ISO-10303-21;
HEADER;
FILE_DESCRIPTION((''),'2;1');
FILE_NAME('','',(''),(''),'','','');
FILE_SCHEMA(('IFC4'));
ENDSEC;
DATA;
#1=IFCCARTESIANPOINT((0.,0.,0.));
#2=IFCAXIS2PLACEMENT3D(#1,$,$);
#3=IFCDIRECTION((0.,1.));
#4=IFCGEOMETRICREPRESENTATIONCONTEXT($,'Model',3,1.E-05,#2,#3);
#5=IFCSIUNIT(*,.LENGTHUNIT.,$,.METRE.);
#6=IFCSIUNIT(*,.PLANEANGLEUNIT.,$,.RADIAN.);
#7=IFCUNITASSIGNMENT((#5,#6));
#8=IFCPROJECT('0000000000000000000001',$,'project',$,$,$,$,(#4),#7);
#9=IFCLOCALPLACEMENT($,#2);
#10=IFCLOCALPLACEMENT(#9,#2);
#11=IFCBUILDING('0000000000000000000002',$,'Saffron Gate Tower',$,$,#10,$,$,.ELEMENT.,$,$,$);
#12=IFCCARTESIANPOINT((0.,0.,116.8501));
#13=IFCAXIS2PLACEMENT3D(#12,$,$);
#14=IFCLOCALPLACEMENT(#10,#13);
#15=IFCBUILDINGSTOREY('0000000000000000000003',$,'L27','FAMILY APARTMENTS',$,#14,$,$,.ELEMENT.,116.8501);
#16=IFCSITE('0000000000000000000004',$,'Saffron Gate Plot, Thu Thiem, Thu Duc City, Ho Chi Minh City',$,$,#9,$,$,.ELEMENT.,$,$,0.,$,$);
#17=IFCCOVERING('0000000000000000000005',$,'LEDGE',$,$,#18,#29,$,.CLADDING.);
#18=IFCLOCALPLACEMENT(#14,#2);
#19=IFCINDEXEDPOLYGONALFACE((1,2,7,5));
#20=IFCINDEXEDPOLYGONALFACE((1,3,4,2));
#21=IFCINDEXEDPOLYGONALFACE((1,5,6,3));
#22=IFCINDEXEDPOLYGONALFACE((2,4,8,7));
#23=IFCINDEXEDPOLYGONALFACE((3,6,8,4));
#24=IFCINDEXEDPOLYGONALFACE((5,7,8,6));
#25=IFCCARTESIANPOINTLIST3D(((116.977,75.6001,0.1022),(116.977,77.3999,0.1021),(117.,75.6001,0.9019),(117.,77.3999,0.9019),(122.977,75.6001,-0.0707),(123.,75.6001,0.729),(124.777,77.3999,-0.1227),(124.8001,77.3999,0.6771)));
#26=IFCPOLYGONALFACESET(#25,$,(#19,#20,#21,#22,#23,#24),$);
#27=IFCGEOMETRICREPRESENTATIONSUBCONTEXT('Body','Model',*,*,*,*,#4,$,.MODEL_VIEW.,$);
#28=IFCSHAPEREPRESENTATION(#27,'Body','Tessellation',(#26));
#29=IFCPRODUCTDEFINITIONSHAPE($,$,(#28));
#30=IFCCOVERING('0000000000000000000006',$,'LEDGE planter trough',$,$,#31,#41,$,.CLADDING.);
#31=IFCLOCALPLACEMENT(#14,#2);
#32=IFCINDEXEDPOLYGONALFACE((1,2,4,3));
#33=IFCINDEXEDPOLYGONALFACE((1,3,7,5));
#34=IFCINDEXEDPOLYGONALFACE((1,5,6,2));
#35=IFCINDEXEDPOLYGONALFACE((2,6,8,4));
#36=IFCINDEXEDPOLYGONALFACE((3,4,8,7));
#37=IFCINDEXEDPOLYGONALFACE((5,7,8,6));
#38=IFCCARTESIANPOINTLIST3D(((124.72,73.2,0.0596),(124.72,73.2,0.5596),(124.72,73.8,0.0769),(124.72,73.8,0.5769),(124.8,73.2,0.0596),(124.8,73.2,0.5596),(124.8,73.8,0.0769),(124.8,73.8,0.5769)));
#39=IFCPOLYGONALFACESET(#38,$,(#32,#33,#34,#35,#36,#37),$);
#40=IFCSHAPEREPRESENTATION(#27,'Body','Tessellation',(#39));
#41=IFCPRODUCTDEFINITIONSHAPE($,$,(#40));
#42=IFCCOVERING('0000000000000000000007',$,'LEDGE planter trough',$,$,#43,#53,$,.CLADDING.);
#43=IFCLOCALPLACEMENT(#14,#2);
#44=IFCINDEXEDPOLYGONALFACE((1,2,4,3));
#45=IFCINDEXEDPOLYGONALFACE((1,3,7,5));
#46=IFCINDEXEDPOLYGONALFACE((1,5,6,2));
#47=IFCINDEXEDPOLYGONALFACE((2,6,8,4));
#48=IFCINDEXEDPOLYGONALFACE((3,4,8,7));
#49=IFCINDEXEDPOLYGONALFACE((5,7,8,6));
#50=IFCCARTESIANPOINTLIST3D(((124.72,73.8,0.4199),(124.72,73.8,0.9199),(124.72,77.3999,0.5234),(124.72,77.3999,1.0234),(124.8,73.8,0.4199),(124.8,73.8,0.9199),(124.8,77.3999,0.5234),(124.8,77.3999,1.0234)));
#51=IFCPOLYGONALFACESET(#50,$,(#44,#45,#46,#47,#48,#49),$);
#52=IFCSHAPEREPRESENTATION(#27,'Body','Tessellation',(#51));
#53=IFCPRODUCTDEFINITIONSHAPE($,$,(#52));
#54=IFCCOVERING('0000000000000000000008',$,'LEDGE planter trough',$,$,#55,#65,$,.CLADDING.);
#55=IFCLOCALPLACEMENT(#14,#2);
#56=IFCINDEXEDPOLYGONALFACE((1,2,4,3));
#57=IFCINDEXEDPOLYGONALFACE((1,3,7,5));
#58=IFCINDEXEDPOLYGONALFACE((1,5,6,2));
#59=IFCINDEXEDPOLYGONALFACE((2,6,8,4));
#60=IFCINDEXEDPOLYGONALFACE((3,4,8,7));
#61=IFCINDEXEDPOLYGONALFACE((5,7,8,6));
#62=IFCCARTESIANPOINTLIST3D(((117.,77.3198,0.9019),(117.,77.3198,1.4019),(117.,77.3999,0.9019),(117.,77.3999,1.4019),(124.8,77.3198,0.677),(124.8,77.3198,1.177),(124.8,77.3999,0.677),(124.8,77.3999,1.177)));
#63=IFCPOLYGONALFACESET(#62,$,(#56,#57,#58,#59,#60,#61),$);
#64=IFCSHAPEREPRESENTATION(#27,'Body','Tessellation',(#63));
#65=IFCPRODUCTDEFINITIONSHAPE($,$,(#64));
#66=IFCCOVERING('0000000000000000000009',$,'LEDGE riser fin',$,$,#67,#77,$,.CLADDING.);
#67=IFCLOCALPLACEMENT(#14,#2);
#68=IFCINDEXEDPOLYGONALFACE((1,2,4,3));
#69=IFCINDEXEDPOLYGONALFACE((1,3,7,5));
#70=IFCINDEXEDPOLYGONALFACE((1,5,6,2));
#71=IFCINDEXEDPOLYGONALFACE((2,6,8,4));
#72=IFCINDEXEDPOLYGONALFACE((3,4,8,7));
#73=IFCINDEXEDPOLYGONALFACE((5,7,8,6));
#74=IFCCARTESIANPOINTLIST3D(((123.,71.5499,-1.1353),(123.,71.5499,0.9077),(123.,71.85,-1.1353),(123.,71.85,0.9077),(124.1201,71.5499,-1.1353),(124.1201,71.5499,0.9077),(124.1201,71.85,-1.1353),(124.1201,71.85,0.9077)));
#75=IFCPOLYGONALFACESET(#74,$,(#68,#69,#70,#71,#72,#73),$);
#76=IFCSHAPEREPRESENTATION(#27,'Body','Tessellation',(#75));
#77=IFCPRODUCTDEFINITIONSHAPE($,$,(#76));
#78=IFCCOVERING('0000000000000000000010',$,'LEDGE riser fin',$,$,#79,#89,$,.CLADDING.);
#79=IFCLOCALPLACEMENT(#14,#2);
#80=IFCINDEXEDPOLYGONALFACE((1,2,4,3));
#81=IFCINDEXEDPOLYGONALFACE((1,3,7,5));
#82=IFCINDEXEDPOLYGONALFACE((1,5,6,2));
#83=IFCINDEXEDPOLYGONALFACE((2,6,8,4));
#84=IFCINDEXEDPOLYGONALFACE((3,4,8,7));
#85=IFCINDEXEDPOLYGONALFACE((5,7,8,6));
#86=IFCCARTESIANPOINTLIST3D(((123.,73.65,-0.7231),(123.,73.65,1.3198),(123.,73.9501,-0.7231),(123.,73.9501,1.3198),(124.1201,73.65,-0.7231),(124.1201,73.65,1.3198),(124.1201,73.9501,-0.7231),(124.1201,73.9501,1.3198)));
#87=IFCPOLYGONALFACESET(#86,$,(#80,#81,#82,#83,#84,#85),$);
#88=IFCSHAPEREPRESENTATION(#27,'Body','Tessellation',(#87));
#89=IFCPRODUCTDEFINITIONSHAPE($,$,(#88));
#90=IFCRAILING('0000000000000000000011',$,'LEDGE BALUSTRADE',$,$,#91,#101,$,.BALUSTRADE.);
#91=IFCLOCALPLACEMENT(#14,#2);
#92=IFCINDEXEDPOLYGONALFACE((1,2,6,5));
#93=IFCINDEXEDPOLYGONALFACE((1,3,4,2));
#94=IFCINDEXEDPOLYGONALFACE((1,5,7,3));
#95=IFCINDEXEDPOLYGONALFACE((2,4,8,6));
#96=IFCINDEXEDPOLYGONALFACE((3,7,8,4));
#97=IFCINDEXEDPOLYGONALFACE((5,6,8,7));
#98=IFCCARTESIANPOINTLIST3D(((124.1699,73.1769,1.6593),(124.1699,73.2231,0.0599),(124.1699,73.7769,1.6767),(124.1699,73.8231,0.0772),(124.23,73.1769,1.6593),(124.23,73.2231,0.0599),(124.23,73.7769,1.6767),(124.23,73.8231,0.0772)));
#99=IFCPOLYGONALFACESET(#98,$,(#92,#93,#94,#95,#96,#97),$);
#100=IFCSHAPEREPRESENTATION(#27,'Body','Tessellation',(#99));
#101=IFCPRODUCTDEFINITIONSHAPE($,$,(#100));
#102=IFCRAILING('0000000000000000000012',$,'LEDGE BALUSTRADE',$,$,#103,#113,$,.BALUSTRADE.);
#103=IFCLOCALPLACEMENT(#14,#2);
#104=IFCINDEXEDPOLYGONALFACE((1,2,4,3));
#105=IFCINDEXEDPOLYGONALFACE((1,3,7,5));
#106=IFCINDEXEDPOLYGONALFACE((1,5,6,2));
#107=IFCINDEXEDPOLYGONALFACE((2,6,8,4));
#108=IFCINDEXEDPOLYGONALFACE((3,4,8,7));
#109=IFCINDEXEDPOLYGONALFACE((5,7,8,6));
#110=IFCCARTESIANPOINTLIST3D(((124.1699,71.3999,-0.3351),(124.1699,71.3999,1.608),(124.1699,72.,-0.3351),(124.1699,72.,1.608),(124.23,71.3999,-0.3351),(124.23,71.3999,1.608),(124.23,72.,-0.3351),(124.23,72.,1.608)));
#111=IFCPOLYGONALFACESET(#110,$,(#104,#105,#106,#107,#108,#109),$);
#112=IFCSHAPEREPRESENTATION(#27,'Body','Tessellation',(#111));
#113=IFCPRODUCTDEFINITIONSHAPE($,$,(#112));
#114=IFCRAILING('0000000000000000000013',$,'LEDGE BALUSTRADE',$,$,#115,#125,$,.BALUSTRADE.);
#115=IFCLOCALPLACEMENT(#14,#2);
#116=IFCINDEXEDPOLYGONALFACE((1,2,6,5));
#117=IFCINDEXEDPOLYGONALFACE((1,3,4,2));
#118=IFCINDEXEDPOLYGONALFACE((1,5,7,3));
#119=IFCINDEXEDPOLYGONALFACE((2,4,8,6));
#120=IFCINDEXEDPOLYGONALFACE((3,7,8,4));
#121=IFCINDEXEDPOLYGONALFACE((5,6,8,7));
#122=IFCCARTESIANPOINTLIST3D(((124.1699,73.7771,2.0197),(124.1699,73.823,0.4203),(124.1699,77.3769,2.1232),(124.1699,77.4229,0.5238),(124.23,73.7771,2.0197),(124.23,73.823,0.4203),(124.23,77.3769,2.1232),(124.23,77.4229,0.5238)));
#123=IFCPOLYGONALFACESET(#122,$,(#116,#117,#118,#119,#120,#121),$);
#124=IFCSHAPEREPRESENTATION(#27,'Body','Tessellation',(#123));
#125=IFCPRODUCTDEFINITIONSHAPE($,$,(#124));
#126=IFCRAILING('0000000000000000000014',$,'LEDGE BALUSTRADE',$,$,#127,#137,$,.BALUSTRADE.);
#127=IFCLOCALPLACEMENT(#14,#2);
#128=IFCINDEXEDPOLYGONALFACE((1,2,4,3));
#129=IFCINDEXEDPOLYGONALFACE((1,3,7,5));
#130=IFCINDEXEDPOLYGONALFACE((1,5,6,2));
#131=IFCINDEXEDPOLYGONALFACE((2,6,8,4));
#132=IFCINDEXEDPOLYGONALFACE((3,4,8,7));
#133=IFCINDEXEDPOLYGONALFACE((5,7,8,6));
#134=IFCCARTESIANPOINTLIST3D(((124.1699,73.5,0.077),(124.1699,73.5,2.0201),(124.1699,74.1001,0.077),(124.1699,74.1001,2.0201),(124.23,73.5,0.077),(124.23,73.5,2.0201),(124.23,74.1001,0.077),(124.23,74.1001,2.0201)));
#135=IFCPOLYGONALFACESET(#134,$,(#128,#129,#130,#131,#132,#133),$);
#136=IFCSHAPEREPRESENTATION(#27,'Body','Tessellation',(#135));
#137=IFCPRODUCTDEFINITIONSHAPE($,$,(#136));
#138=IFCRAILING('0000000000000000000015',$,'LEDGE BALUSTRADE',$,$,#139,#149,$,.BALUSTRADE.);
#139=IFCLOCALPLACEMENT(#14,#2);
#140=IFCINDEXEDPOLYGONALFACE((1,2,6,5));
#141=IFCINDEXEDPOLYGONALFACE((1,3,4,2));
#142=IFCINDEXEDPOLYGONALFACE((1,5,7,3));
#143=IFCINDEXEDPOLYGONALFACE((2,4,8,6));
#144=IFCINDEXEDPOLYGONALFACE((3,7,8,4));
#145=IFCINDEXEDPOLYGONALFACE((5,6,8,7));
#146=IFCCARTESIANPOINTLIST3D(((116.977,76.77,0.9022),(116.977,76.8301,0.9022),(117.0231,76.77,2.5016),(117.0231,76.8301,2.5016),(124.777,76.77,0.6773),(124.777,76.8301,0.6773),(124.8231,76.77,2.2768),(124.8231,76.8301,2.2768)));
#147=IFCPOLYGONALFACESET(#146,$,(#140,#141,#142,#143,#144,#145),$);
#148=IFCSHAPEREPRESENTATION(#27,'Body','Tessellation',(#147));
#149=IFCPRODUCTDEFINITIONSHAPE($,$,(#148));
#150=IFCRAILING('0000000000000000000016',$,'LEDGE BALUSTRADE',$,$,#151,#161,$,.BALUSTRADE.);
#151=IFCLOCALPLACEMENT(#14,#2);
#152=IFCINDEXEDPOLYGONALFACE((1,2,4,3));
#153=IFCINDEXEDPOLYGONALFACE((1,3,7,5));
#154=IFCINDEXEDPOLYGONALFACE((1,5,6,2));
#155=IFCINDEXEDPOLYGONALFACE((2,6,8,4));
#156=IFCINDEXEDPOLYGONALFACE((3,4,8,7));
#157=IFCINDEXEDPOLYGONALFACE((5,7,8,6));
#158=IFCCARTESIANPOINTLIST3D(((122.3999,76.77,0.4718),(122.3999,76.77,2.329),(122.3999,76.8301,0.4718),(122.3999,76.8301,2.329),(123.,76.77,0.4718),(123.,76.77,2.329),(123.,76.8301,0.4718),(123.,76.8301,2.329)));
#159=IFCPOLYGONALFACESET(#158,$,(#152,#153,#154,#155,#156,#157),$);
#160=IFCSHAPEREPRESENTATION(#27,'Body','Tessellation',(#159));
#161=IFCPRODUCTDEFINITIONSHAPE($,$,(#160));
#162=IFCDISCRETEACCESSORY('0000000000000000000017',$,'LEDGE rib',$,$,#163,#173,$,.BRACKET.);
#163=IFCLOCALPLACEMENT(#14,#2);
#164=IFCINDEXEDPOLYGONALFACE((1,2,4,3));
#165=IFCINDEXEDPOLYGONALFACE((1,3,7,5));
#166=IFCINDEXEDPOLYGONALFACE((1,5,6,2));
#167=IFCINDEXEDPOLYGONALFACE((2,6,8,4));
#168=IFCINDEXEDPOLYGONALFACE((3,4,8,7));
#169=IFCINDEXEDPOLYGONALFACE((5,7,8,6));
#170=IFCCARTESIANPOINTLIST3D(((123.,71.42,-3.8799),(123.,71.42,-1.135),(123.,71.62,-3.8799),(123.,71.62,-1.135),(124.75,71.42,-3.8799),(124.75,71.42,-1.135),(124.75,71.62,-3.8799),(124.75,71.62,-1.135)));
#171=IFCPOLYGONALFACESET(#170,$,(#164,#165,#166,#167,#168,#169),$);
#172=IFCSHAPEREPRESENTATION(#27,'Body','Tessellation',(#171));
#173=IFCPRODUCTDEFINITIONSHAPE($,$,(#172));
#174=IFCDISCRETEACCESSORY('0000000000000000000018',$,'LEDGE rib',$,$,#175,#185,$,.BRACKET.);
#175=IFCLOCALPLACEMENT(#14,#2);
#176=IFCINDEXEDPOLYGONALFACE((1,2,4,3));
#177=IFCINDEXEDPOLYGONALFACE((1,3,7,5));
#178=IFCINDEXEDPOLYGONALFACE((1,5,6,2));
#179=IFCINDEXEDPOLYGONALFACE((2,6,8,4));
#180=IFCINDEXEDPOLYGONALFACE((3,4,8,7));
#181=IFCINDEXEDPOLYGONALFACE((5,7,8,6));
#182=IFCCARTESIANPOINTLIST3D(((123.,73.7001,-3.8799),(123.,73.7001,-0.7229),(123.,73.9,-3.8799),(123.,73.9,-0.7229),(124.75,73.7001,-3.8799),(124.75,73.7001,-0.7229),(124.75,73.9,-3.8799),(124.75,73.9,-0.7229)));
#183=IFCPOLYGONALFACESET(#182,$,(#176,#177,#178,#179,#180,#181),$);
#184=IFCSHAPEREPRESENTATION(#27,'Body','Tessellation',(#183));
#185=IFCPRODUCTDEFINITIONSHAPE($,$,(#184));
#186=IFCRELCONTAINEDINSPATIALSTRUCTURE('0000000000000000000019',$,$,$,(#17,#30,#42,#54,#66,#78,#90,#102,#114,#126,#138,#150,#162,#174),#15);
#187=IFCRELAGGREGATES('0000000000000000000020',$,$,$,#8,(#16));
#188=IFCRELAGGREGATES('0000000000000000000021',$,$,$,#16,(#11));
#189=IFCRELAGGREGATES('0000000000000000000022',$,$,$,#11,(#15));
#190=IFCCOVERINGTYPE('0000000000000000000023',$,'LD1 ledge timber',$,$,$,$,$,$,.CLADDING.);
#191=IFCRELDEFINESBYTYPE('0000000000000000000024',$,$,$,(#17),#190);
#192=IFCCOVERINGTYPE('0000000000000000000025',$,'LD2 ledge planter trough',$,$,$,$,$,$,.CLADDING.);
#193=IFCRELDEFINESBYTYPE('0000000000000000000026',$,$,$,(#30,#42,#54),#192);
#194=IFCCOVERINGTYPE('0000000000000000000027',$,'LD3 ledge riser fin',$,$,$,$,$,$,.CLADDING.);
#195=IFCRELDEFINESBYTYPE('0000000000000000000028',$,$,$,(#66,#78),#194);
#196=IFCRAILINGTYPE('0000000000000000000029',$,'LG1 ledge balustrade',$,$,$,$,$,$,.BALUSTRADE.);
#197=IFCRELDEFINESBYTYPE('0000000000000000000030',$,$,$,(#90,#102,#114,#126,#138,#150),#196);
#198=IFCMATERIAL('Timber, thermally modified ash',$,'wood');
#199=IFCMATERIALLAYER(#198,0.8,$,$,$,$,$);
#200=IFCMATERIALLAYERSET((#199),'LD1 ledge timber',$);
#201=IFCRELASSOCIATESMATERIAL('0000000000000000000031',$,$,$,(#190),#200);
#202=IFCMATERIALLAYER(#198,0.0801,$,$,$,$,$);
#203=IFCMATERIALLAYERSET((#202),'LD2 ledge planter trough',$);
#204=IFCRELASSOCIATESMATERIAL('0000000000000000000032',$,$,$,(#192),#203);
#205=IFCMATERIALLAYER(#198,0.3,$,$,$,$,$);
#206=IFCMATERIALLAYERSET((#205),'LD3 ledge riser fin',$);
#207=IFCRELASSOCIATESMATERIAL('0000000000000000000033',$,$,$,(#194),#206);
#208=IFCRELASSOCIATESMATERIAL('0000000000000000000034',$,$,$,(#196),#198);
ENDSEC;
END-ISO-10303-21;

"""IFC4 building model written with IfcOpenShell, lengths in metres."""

from ifc_helpers import new_model, si_unit, direction, frame, origin, origin_2d, place, context, subcontext, project, spatial, polyline, rectangle, outline, extrude, material, layer, layer_set, type_object, element, save


model = new_model("IFC4")

# Units and contexts
model_context = context("Model", 3, precision=1e-05, world=origin(), true_north=direction((0.0, 1.0)))
body_context = subcontext(model_context, "Body", "Model", "MODEL_VIEW")
ifc_project = project(units=[si_unit("LENGTHUNIT", "METRE"), si_unit("PLANEANGLEUNIT", "RADIAN")], contexts=[model_context])

# Site, building, storey
site_placement = place(None, origin())
site = spatial("IfcSite", under=ifc_project, at=site_placement, Name="Saffron Gate Plot, Thu Thiem, Thu Duc City, Ho Chi Minh City", CompositionType="ELEMENT", RefElevation=0.0)
building_placement = place(site_placement, origin())
building = spatial("IfcBuilding", under=site, at=building_placement, Name="Saffron Gate Tower", CompositionType="ELEMENT")
storey_placement = place(building_placement, frame((0.0, 0.0, 116.8501)))
storey = spatial("IfcBuildingStorey", under=building, at=storey_placement, Name="L27", Description="FAMILY APARTMENTS", CompositionType="ELEMENT", Elevation=116.8501)

# Coverings
ifc_material_1 = material(Name="Timber, thermally modified ash", Category="wood")
ifc_layer_1 = layer(ifc_material_1, 0.8)
ifc_layer_set_1 = layer_set([ifc_layer_1], Name="LD1 ledge timber")
covering_type_1 = type_object("IfcCoveringType", Name="LD1 ledge timber", PredefinedType="CLADDING", material=ifc_layer_set_1)
covering_1_placement = place(storey_placement, frame((123.0, 75.6001, 0.729), z_axis=(0.028807, 0.000035, 0.999585), x_axis=(-0.999585, 0.0, 0.028807)))
element("IfcCovering", 1, at=covering_1_placement, inside=storey, type_object=covering_type_1, Name="LEDGE", PredefinedType="CLADDING", context=body_context, shape_type="SweptSolid", body=[
    extrude(outline(polyline([(0.0, 0.0), (6.0025, 0.0), (6.0025, -1.7998), (-1.8008, -1.7998), (0.0, 0.0)])), origin(), (0.0, 0.0, -1.0), 0.8),
])
ifc_layer_2 = layer(ifc_material_1, 0.0801)
ifc_layer_set_2 = layer_set([ifc_layer_2], Name="LD2 ledge planter trough")
covering_type_2 = type_object("IfcCoveringType", Name="LD2 ledge planter trough", PredefinedType="CLADDING", material=ifc_layer_set_2)
covering_2_placement = place(storey_placement, frame((124.8, 73.2, 0.0596), z_axis=(1.0, 0.0, 0.0), x_axis=(0.0, 0.999583, 0.028873)))
element("IfcCovering", 2, at=covering_2_placement, inside=storey, type_object=covering_type_2, Name="LEDGE planter trough", PredefinedType="CLADDING", context=body_context, shape_type="SweptSolid", body=[
    extrude(outline(polyline([(0.0, 0.0), (0.6003, 0.0), (0.6148, 0.4998), (0.0144, 0.4998), (0.0, 0.0)])), origin(), (0.0, 0.0, -1.0), 0.0801),
])
covering_3_placement = place(storey_placement, frame((124.8, 73.8, 0.4199), z_axis=(1.0, 0.0, 0.0), x_axis=(0.0, 0.999587, 0.028744)))
element("IfcCovering", 3, at=covering_3_placement, inside=storey, type_object=covering_type_2, Name="LEDGE planter trough", PredefinedType="CLADDING", context=body_context, shape_type="SweptSolid", body=[
    extrude(outline(polyline([(0.0, 0.0), (3.6013, 0.0), (3.6157, 0.4998), (0.0144, 0.4998), (0.0, 0.0)])), origin(), (0.0, 0.0, -1.0), 0.0801),
])
covering_4_placement = place(storey_placement, frame((124.8, 77.3999, 0.677), z_axis=(0.0, 1.0, 0.0), x_axis=(-0.999585, 0.0, 0.028815)))
element("IfcCovering", 4, at=covering_4_placement, inside=storey, type_object=covering_type_2, Name="LEDGE planter trough", PredefinedType="CLADDING", context=body_context, shape_type="SweptSolid", body=[
    extrude(outline(polyline([(0.0, 0.0), (7.8033, 0.0), (7.8177, 0.4998), (0.0144, 0.4998), (0.0, 0.0)])), origin(), (0.0, 0.0, -1.0), 0.0801),
])
ifc_layer_3 = layer(ifc_material_1, 0.3)
ifc_layer_set_3 = layer_set([ifc_layer_3], Name="LD3 ledge riser fin")
covering_type_3 = type_object("IfcCoveringType", Name="LD3 ledge riser fin", PredefinedType="CLADDING", material=ifc_layer_set_3)
for number, where, z_axis, x_axis, name in (
    (5, (123.5601, 71.7, -1.1353), (0.0, 0.0, 1.0), (0.0, 1.0, 0.0), "LEDGE riser fin"),
    (6, (123.5601, 73.8, -0.7231), (0.0, 0.0, 1.0), (0.0, 1.0, 0.0), "LEDGE riser fin"),
):
    element("IfcCovering", number, at=place(storey_placement, frame(where, z_axis=z_axis, x_axis=x_axis)), inside=storey, type_object=covering_type_3, Name=name, PredefinedType="CLADDING", context=body_context, shape_type="SweptSolid", body=[
        extrude(rectangle(XDim=0.3, YDim=1.1201, at=origin_2d()), origin(), (0.0, 0.0, 1.0), 2.043),
    ])

# Railings
railing_type = type_object("IfcRailingType", Name="LG1 ledge balustrade", PredefinedType="BALUSTRADE", material=ifc_material_1)
railing_1_placement = place(storey_placement, frame((124.2, 73.2, 0.0596)))
element("IfcRailing", 7, at=railing_1_placement, inside=storey, type_object=railing_type, Name="LEDGE BALUSTRADE", PredefinedType="BALUSTRADE", context=body_context, shape_type="SweptSolid", body=[
    extrude(rectangle(XDim=0.0601, YDim=1.6001, at=origin_2d()), frame((0.0, 0.0, 0.8), z_axis=(0.0, 0.999583, 0.028873), x_axis=(-1.0, 0.0, 0.0)), (0.0, 0.0, 1.0), 0.6003),
])
railing_2_placement = place(storey_placement, frame((124.2, 71.3999, -0.3352)))
element("IfcRailing", 8, at=railing_2_placement, inside=storey, type_object=railing_type, Name="LEDGE BALUSTRADE", PredefinedType="BALUSTRADE", context=body_context, shape_type="SweptSolid", body=[
    extrude(rectangle(XDim=0.0601, YDim=1.9431, at=origin_2d()), frame((0.0, 0.0, 0.9717), z_axis=(0.0, 1.0, 0.0), x_axis=(-1.0, 0.0, 0.0)), (0.0, 0.0, 1.0), 0.6001),
])
railing_3_placement = place(storey_placement, frame((124.2, 73.8, 0.4199)))
element("IfcRailing", 9, at=railing_3_placement, inside=storey, type_object=railing_type, Name="LEDGE BALUSTRADE", PredefinedType="BALUSTRADE", context=body_context, shape_type="SweptSolid", body=[
    extrude(rectangle(XDim=0.0601, YDim=1.6001, at=origin_2d()), frame((0.0, 0.0, 0.8), z_axis=(0.0, 0.999587, 0.028744), x_axis=(-1.0, 0.0, 0.0)), (0.0, 0.0, 1.0), 3.6013),
])
railing_4_placement = place(storey_placement, frame((124.2, 73.5, 0.0769)))
element("IfcRailing", 10, at=railing_4_placement, inside=storey, type_object=railing_type, Name="LEDGE BALUSTRADE", PredefinedType="BALUSTRADE", context=body_context, shape_type="SweptSolid", body=[
    extrude(rectangle(XDim=0.0601, YDim=1.9431, at=origin_2d()), frame((0.0, 0.0, 0.9717), z_axis=(0.0, 1.0, 0.0), x_axis=(-1.0, 0.0, 0.0)), (0.0, 0.0, 1.0), 0.6001),
])
railing_5_placement = place(storey_placement, frame((124.8, 76.8, 0.677)))
element("IfcRailing", 11, at=railing_5_placement, inside=storey, type_object=railing_type, Name="LEDGE BALUSTRADE", PredefinedType="BALUSTRADE", context=body_context, shape_type="SweptSolid", body=[
    extrude(rectangle(XDim=0.0601, YDim=1.6001, at=origin_2d()), frame((0.0, 0.0, 0.8), z_axis=(-0.999585, 0.0, 0.028815), x_axis=(0.0, -1.0, 0.0)), (0.0, 0.0, 1.0), 7.8032),
])
railing_6_placement = place(storey_placement, frame((123.0, 76.8, 0.4717)))
element("IfcRailing", 12, at=railing_6_placement, inside=storey, type_object=railing_type, Name="LEDGE BALUSTRADE", PredefinedType="BALUSTRADE", context=body_context, shape_type="SweptSolid", body=[
    extrude(rectangle(XDim=0.0601, YDim=1.8572, at=origin_2d()), frame((0.0, 0.0, 0.9287), z_axis=(-1.0, 0.0, 0.0), x_axis=(0.0, -1.0, 0.0)), (0.0, 0.0, 1.0), 0.6001),
])

# Discrete accessories
discrete_accessory_1_placement = place(storey_placement, frame((123.875, 71.52, -3.8799), z_axis=(0.0, 0.0, 1.0), x_axis=(0.0, 1.0, 0.0)))
element("IfcDiscreteAccessory", 13, at=discrete_accessory_1_placement, inside=storey, Name="LEDGE rib", PredefinedType="BRACKET", context=body_context, shape_type="SweptSolid", body=[
    extrude(rectangle(XDim=0.2, YDim=1.75, at=origin_2d()), origin(), (0.0, 0.0, 1.0), 2.7449),
])
discrete_accessory_2_placement = place(storey_placement, frame((123.875, 73.8, -3.8799), z_axis=(0.0, 0.0, 1.0), x_axis=(0.0, 1.0, 0.0)))
element("IfcDiscreteAccessory", 14, at=discrete_accessory_2_placement, inside=storey, Name="LEDGE rib", PredefinedType="BRACKET", context=body_context, shape_type="SweptSolid", body=[
    extrude(rectangle(XDim=0.2, YDim=1.75, at=origin_2d()), origin(), (0.0, 0.0, 1.0), 3.157),
])

save(model, "model.ifc")
